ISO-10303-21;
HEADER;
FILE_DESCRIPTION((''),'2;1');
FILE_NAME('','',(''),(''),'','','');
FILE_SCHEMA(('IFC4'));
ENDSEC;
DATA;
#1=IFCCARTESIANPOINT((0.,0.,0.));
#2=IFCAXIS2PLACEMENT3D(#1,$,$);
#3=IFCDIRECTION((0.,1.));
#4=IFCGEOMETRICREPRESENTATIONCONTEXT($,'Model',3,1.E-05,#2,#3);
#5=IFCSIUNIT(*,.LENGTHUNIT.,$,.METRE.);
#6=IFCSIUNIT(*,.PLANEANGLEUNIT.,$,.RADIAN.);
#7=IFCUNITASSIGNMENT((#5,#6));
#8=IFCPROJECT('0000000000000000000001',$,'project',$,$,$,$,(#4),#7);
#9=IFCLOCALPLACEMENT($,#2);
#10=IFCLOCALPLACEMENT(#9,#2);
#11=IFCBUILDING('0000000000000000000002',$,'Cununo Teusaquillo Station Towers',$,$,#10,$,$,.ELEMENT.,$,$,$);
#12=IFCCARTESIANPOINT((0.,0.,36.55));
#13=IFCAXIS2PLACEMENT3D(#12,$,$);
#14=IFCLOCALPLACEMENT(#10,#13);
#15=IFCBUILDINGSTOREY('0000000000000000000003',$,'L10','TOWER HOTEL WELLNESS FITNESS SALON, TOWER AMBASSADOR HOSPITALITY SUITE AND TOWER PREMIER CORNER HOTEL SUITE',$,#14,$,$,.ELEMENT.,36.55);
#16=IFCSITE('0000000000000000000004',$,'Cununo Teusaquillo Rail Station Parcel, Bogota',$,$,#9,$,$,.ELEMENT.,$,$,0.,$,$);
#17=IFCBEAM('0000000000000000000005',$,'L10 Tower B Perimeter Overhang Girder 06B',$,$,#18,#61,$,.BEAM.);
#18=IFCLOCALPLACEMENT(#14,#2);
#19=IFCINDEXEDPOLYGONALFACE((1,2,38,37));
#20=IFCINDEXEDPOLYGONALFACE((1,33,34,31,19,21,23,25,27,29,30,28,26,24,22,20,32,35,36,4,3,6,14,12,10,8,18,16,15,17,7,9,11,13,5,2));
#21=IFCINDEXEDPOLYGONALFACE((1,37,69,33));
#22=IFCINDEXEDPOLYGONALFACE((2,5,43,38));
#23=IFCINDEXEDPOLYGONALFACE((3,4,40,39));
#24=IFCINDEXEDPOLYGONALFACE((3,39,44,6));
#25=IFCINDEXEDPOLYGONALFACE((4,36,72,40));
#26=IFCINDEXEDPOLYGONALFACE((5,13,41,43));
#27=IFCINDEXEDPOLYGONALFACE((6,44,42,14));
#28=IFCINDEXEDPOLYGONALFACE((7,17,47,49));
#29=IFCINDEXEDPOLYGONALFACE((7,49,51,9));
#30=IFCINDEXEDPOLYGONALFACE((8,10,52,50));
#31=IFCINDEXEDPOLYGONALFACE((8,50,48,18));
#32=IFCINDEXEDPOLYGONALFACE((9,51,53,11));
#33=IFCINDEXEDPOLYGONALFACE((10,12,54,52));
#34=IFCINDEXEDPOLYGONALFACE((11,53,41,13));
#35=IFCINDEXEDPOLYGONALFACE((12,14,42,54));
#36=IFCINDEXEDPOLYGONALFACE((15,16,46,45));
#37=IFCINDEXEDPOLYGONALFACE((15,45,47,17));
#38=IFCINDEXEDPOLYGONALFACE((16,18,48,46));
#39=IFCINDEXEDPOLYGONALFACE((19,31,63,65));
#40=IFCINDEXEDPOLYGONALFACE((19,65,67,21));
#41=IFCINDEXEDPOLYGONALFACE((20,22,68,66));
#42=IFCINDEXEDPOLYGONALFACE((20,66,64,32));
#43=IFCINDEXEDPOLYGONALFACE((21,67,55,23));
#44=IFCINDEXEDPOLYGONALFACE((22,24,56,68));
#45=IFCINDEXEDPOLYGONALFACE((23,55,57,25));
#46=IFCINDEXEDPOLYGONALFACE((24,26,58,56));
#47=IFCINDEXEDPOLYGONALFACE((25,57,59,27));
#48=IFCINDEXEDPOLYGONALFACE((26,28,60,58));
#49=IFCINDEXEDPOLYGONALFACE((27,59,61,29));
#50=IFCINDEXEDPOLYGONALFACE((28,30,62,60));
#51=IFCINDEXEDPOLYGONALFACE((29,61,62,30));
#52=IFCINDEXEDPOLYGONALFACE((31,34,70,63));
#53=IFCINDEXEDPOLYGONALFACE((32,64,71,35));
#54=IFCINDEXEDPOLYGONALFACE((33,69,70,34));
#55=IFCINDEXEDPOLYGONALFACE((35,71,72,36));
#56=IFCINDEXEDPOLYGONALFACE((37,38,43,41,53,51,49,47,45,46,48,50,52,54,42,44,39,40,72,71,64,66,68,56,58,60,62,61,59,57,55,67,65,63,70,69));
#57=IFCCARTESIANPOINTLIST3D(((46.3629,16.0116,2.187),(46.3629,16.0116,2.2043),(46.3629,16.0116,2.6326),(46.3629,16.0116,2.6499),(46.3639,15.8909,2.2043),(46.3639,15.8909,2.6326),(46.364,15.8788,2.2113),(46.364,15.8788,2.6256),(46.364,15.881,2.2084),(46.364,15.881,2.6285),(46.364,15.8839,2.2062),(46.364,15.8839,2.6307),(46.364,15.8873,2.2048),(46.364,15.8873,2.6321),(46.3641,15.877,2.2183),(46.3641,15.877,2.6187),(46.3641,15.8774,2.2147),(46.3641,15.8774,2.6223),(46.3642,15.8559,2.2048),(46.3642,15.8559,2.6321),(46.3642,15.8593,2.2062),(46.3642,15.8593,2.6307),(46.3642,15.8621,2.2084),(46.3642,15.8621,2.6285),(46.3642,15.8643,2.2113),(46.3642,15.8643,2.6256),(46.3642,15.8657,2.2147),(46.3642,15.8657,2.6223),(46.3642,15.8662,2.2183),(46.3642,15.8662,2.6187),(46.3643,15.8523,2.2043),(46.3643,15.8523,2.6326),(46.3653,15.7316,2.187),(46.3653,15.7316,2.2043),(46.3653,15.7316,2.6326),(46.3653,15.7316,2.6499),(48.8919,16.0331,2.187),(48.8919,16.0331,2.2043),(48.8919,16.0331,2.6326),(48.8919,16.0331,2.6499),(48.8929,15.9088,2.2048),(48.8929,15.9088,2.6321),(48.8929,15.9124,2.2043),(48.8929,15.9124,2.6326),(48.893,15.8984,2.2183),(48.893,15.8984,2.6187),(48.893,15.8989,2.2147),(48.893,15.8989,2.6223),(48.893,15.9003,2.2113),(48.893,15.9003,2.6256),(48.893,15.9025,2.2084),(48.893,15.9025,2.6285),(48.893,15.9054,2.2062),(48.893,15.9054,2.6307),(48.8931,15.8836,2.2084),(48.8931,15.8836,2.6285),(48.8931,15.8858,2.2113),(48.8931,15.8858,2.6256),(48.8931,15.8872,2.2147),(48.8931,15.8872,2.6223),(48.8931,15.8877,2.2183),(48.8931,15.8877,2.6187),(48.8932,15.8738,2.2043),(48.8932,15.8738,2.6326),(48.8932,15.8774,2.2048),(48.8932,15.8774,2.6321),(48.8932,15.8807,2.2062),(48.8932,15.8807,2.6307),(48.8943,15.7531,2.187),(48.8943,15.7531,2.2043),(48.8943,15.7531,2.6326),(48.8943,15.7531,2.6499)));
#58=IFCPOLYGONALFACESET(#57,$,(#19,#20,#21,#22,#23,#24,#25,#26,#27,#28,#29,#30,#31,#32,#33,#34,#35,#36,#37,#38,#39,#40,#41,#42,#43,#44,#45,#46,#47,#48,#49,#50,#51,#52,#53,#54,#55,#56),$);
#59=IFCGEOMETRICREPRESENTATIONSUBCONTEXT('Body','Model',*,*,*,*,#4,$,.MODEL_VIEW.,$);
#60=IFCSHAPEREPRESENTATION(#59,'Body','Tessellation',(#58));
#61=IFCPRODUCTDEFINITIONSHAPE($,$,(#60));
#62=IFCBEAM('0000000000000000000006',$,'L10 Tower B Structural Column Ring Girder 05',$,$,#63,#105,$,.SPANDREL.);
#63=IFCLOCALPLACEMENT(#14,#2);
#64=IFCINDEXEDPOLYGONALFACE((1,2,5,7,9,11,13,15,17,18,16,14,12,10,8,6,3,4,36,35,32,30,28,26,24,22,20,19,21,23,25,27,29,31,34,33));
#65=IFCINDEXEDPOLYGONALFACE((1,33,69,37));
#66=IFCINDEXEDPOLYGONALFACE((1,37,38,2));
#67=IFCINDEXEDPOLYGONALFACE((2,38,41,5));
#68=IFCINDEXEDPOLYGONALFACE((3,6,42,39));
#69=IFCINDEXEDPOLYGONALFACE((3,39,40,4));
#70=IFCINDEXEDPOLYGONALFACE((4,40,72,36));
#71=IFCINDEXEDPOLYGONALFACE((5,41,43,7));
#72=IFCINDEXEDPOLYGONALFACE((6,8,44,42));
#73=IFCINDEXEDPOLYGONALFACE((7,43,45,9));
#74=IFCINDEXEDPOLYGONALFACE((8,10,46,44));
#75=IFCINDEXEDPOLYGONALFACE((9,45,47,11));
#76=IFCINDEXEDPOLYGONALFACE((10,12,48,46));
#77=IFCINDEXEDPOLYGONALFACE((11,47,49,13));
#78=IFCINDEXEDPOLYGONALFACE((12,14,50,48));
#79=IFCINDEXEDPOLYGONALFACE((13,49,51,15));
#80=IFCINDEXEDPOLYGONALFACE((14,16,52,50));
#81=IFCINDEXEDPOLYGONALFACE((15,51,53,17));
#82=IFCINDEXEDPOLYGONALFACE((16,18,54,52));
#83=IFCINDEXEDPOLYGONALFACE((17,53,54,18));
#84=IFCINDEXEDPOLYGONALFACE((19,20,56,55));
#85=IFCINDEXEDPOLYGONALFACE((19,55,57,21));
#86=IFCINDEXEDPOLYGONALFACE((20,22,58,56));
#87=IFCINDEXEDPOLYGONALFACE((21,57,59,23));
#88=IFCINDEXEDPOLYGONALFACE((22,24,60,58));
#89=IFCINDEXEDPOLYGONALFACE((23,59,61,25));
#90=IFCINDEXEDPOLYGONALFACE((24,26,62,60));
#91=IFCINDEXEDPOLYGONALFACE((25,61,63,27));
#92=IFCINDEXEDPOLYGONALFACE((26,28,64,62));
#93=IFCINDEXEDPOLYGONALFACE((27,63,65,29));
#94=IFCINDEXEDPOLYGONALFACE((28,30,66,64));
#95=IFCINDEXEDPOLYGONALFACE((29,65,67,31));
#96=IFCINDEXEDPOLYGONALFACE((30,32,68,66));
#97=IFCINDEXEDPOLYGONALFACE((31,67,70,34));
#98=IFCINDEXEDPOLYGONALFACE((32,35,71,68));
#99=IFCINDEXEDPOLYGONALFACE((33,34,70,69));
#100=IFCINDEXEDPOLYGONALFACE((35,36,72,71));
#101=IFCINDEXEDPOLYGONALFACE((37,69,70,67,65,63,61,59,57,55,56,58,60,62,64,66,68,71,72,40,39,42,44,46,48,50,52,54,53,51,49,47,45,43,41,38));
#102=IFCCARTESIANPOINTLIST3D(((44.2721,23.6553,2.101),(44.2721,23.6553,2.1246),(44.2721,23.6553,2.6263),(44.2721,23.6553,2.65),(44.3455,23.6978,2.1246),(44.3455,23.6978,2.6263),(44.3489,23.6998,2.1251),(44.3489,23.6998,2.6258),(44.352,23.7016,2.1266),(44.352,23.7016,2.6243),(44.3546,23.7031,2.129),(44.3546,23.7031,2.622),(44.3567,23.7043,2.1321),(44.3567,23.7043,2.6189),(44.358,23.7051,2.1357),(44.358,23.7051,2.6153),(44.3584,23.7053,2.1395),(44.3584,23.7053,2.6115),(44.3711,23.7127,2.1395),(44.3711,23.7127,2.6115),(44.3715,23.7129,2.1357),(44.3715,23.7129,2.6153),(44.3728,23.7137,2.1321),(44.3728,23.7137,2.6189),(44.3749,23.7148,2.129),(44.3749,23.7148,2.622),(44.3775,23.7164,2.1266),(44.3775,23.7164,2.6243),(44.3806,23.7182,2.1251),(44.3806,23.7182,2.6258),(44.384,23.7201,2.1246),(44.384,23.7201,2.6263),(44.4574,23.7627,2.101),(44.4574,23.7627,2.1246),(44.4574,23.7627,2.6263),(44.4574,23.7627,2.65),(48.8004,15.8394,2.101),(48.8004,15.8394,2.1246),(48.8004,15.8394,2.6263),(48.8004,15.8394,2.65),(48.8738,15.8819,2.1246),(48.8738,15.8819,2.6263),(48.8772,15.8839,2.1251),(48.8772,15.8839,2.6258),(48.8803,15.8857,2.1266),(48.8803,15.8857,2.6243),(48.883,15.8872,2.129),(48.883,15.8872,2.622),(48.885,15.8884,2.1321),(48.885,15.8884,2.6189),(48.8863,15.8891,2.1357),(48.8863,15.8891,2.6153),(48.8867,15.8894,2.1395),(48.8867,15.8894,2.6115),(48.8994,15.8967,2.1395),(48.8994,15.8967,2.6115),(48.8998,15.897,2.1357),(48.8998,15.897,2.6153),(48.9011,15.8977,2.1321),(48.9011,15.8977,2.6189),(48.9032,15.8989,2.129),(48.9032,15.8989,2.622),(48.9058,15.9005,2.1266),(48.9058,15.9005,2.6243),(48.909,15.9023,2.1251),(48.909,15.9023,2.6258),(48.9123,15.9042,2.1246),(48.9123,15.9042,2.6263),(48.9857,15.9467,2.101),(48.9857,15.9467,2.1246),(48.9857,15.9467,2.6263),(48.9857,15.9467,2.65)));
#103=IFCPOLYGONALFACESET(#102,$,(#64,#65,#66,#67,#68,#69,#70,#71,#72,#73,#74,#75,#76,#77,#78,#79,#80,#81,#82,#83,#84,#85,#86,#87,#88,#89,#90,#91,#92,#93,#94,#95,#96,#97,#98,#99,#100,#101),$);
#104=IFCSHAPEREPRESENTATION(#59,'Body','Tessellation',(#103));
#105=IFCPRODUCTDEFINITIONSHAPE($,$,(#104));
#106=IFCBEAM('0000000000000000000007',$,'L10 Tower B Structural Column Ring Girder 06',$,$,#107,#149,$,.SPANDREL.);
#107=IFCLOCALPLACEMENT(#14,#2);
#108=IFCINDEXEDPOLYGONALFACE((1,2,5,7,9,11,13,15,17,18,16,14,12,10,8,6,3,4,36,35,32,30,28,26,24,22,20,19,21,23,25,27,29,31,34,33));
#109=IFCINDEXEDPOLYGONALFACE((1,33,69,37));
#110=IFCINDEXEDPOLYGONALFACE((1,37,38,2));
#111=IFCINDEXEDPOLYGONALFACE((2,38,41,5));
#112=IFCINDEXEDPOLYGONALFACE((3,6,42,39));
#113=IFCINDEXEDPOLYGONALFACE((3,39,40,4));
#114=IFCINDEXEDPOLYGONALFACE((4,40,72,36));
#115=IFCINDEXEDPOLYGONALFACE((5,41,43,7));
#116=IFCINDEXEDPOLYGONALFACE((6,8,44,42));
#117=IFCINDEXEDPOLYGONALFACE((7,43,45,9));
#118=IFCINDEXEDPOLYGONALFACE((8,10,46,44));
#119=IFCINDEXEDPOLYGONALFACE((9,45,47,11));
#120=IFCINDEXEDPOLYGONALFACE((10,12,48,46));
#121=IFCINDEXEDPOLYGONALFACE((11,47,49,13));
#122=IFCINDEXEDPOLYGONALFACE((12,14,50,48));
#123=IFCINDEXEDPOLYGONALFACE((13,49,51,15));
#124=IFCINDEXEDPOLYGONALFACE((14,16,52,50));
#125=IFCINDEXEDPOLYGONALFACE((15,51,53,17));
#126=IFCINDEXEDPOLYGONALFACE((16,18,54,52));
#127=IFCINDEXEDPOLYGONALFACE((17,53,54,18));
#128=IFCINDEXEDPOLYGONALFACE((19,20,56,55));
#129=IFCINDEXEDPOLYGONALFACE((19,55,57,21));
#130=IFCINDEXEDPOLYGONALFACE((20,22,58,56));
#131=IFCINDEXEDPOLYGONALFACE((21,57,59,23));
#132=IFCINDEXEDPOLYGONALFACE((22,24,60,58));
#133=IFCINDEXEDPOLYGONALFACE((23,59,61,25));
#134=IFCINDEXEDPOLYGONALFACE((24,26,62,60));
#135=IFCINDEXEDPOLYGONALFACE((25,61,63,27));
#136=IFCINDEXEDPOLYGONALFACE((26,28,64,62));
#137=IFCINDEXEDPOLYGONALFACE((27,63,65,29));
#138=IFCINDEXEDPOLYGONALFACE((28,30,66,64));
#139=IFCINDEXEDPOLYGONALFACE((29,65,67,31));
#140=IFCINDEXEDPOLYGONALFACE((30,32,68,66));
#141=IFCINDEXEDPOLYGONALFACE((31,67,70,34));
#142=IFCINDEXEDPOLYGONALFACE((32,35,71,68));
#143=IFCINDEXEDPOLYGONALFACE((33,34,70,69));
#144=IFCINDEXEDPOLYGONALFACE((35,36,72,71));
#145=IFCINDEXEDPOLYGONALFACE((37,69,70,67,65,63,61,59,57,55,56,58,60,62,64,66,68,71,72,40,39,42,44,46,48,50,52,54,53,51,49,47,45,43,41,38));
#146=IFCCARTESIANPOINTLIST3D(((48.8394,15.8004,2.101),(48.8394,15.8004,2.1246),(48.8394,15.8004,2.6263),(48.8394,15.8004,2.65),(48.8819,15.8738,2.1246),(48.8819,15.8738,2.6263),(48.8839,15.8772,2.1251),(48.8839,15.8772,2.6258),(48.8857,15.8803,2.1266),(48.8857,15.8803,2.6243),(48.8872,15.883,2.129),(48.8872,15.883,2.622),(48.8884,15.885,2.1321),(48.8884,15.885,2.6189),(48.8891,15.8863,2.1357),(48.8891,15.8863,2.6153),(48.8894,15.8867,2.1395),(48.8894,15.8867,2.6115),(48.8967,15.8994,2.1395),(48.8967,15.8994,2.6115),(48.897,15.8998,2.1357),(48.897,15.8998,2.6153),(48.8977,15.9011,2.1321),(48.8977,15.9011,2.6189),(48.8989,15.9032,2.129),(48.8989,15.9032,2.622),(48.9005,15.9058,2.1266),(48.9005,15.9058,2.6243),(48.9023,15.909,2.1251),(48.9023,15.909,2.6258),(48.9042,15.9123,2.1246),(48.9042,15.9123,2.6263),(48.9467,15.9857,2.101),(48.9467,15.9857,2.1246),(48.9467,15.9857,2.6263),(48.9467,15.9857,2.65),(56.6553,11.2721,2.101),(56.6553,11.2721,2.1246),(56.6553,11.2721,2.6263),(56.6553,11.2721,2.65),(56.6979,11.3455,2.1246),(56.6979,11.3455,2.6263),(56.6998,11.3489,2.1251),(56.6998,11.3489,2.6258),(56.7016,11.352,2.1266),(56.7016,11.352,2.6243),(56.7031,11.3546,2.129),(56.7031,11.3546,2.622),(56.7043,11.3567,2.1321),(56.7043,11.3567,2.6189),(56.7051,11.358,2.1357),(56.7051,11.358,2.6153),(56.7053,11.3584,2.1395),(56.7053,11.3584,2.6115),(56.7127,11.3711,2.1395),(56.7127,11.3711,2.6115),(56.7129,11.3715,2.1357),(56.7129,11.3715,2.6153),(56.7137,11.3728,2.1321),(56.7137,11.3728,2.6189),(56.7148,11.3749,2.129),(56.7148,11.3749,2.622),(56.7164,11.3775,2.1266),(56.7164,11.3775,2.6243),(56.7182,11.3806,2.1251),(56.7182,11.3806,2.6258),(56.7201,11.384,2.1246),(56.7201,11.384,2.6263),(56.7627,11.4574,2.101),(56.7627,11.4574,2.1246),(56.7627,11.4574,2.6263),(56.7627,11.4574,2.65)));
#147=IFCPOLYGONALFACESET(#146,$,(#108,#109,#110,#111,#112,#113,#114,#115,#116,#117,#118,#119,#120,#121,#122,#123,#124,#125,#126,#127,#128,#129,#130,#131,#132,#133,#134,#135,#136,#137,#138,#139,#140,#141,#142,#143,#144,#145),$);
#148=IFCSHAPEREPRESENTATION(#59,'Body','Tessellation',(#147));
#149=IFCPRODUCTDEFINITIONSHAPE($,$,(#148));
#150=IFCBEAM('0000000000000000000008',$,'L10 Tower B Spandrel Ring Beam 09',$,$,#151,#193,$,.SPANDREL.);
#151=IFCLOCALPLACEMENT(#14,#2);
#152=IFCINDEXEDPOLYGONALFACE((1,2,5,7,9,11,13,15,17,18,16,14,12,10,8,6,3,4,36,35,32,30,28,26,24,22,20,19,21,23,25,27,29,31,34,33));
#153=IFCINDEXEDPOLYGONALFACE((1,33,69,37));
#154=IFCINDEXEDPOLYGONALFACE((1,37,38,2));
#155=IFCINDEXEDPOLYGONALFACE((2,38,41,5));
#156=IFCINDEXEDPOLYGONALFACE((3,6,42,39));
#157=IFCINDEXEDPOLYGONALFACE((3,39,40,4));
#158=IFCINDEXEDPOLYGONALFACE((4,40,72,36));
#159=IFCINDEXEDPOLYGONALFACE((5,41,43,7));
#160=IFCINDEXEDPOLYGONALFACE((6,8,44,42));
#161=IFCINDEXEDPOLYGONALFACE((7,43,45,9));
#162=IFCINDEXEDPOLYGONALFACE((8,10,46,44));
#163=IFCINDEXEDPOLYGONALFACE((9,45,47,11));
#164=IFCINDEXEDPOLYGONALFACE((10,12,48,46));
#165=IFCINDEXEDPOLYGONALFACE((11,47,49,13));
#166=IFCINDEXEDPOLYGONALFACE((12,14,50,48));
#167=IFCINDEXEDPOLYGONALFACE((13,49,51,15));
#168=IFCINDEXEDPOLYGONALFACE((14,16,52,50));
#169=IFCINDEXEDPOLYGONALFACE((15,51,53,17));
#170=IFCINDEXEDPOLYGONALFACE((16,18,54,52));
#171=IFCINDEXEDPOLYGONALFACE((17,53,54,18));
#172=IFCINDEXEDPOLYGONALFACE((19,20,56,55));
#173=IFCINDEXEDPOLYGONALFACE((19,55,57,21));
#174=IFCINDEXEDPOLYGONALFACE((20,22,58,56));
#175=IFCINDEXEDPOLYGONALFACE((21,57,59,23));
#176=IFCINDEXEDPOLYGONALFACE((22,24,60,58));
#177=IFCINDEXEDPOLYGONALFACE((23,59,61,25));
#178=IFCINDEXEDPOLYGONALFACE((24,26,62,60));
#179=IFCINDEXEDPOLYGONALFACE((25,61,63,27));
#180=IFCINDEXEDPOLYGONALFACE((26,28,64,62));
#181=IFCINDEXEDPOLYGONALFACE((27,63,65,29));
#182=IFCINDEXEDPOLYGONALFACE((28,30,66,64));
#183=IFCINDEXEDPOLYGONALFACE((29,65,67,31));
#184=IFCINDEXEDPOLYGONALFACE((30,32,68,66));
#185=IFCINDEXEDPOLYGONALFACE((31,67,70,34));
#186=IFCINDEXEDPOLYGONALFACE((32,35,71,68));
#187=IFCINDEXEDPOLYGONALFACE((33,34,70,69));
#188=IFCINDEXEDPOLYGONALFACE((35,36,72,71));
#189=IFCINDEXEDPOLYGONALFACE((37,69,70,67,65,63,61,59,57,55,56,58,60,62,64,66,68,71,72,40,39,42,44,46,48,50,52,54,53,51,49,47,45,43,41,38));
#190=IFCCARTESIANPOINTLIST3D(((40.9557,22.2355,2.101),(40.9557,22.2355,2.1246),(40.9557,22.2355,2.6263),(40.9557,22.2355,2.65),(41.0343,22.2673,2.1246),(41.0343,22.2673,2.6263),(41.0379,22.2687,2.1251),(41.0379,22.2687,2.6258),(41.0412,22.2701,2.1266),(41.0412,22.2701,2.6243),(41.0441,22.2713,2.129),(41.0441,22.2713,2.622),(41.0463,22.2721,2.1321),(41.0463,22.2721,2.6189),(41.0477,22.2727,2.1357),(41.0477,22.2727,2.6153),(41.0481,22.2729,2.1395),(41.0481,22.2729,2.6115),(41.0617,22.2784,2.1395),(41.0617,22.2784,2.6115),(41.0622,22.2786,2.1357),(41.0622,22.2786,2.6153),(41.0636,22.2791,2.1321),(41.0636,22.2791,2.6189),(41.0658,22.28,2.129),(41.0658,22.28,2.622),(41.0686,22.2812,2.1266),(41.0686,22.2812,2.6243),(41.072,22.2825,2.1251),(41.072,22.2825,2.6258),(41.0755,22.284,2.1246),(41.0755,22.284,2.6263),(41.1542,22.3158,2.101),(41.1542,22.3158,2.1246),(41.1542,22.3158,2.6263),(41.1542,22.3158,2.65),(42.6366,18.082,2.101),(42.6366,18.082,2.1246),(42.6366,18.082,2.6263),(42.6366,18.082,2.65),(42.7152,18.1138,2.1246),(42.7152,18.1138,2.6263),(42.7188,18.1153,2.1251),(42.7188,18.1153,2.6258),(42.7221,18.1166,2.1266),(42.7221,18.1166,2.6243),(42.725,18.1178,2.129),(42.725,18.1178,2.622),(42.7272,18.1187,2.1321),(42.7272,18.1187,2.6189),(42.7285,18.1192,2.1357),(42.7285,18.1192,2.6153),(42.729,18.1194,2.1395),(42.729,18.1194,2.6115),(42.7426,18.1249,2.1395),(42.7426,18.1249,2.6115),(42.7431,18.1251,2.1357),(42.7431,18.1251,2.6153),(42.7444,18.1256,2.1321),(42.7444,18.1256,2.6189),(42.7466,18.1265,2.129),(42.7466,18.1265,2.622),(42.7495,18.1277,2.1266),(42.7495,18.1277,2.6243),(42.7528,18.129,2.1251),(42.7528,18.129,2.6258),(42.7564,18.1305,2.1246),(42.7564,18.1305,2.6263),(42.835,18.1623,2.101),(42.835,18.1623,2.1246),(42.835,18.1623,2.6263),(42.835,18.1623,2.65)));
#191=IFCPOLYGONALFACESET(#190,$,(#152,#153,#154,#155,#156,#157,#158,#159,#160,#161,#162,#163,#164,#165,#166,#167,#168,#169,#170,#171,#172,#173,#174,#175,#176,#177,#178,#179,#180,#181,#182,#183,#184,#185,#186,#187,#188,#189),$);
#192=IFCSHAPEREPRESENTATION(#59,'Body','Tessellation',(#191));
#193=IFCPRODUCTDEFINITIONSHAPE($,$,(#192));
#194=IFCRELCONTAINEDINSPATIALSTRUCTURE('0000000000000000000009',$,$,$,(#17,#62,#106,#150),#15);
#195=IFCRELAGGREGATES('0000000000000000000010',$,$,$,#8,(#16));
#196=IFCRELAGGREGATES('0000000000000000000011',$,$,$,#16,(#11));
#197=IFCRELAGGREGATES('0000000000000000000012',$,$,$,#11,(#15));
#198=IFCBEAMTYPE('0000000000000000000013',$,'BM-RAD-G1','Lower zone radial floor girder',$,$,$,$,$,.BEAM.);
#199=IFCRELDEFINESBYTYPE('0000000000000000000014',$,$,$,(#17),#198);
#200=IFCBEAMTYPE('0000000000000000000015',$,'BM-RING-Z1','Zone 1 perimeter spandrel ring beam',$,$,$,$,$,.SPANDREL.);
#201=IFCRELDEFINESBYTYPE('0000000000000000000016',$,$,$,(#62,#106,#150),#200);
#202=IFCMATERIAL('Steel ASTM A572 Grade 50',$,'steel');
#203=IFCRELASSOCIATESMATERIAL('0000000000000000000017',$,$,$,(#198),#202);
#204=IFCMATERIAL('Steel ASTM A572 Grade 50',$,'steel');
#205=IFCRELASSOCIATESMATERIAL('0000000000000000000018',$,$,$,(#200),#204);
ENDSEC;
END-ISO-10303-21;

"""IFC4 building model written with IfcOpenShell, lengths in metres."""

from ifc_helpers import new_model, si_unit, direction, frame, origin, origin_2d, place, context, subcontext, project, spatial, i_section, extrude, material, material_profile, profile_set, type_object, element, save


model = new_model("IFC4")

# Units and contexts
model_context = context("Model", 3, precision=1e-05, world=origin(), true_north=direction((0.0, 1.0)))
body_context = subcontext(model_context, "Body", "Model", "MODEL_VIEW")
ifc_project = project(units=[si_unit("LENGTHUNIT", "METRE"), si_unit("PLANEANGLEUNIT", "RADIAN")], contexts=[model_context])

# Site, building, storey
site_placement = place(None, origin())
site = spatial("IfcSite", under=ifc_project, at=site_placement, Name="Cununo Teusaquillo Rail Station Parcel, Bogota", CompositionType="ELEMENT", RefElevation=0.0)
building_placement = place(site_placement, origin())
building = spatial("IfcBuilding", under=site, at=building_placement, Name="Cununo Teusaquillo Station Towers", CompositionType="ELEMENT")
storey_placement = place(building_placement, frame((0.0, 0.0, 36.55)))
storey = spatial("IfcBuildingStorey", under=building, at=storey_placement, Name="L10", Description="TOWER HOTEL WELLNESS FITNESS SALON, TOWER AMBASSADOR HOSPITALITY SUITE AND TOWER PREMIER CORNER HOTEL SUITE", CompositionType="ELEMENT", Elevation=36.55)

# Beams
ifc_material_1 = material(Name="Steel ASTM A572 Grade 50", Category="steel")
ifc_material_profile_1 = material_profile(ifc_material_1, i_section(OverallWidth=0.28, OverallDepth=0.4629, WebThickness=0.0107, FlangeThickness=0.0173, FilletRadius=0.0139, at=origin_2d()), Name="W18X76")
ifc_profile_set_1 = profile_set([ifc_material_profile_1], Name="Steel ASTM A572 Grade 50")
beam_type_1 = type_object("IfcBeamType", Name="BM-RAD-G1", Description="Lower zone radial floor girder", PredefinedType="BEAM", material=ifc_profile_set_1)
beam_1_placement = place(storey_placement, frame((48.8931, 15.8931, 2.4185), z_axis=(-0.999964, -0.008495, 0.0), x_axis=(0.008495, -0.999964, 0.0)))
element("IfcBeam", 1, at=beam_1_placement, inside=storey, type_object=beam_type_1, Name="L10 Tower B Perimeter Overhang Girder 06B", PredefinedType="BEAM", context=body_context, shape_type="SweptSolid", body=[
    extrude(i_section(OverallWidth=0.28, OverallDepth=0.4629, WebThickness=0.0107, FlangeThickness=0.0173, FilletRadius=0.0139, at=origin_2d()), origin(), (0.0, 0.0, 1.0), 2.5291),
])
ifc_material_2 = material(Name="Steel ASTM A572 Grade 50", Category="steel")
ifc_material_profile_2 = material_profile(ifc_material_2, i_section(OverallWidth=0.2141, OverallDepth=0.5491, WebThickness=0.0146, FlangeThickness=0.0237, FilletRadius=0.0149, at=origin_2d()), Name="W21X93")
ifc_profile_set_2 = profile_set([ifc_material_profile_2], Name="Steel ASTM A572 Grade 50")
beam_type_2 = type_object("IfcBeamType", Name="BM-RING-Z1", Description="Zone 1 perimeter spandrel ring beam", PredefinedType="SPANDREL", material=ifc_profile_set_2)
for number, where, z_axis, x_axis, name in (
    (2, (44.3647, 23.709, 2.3755), (0.501311, -0.865267, 0.0), (0.865267, 0.501311, 0.0), "L10 Tower B Structural Column Ring Girder 05"),
    (3, (48.8931, 15.8931, 2.3755), (0.865267, -0.501311, 0.0), (0.501311, 0.865267, 0.0), "L10 Tower B Structural Column Ring Girder 06"),
):
    element("IfcBeam", number, at=place(storey_placement, frame(where, z_axis=z_axis, x_axis=x_axis)), inside=storey, type_object=beam_type_2, Name=name, PredefinedType="SPANDREL", context=body_context, shape_type="SweptSolid", body=[
        extrude(i_section(OverallWidth=0.2141, OverallDepth=0.5491, WebThickness=0.0146, FlangeThickness=0.0237, FilletRadius=0.0149, at=origin_2d()), origin(), (0.0, 0.0, 1.0), 9.033),
    ])
beam_2_placement = place(storey_placement, frame((41.0549, 22.2756, 2.3755), z_axis=(0.375136, -0.92697, 0.0), x_axis=(0.92697, 0.375136, 0.0)))
element("IfcBeam", 4, at=beam_2_placement, inside=storey, type_object=beam_type_2, Name="L10 Tower B Spandrel Ring Beam 09", PredefinedType="SPANDREL", context=body_context, shape_type="SweptSolid", body=[
    extrude(i_section(OverallWidth=0.2141, OverallDepth=0.5491, WebThickness=0.0146, FlangeThickness=0.0237, FilletRadius=0.0149, at=origin_2d()), origin(), (0.0, 0.0, 1.0), 4.4807),
])

save(model, "model.ifc")
